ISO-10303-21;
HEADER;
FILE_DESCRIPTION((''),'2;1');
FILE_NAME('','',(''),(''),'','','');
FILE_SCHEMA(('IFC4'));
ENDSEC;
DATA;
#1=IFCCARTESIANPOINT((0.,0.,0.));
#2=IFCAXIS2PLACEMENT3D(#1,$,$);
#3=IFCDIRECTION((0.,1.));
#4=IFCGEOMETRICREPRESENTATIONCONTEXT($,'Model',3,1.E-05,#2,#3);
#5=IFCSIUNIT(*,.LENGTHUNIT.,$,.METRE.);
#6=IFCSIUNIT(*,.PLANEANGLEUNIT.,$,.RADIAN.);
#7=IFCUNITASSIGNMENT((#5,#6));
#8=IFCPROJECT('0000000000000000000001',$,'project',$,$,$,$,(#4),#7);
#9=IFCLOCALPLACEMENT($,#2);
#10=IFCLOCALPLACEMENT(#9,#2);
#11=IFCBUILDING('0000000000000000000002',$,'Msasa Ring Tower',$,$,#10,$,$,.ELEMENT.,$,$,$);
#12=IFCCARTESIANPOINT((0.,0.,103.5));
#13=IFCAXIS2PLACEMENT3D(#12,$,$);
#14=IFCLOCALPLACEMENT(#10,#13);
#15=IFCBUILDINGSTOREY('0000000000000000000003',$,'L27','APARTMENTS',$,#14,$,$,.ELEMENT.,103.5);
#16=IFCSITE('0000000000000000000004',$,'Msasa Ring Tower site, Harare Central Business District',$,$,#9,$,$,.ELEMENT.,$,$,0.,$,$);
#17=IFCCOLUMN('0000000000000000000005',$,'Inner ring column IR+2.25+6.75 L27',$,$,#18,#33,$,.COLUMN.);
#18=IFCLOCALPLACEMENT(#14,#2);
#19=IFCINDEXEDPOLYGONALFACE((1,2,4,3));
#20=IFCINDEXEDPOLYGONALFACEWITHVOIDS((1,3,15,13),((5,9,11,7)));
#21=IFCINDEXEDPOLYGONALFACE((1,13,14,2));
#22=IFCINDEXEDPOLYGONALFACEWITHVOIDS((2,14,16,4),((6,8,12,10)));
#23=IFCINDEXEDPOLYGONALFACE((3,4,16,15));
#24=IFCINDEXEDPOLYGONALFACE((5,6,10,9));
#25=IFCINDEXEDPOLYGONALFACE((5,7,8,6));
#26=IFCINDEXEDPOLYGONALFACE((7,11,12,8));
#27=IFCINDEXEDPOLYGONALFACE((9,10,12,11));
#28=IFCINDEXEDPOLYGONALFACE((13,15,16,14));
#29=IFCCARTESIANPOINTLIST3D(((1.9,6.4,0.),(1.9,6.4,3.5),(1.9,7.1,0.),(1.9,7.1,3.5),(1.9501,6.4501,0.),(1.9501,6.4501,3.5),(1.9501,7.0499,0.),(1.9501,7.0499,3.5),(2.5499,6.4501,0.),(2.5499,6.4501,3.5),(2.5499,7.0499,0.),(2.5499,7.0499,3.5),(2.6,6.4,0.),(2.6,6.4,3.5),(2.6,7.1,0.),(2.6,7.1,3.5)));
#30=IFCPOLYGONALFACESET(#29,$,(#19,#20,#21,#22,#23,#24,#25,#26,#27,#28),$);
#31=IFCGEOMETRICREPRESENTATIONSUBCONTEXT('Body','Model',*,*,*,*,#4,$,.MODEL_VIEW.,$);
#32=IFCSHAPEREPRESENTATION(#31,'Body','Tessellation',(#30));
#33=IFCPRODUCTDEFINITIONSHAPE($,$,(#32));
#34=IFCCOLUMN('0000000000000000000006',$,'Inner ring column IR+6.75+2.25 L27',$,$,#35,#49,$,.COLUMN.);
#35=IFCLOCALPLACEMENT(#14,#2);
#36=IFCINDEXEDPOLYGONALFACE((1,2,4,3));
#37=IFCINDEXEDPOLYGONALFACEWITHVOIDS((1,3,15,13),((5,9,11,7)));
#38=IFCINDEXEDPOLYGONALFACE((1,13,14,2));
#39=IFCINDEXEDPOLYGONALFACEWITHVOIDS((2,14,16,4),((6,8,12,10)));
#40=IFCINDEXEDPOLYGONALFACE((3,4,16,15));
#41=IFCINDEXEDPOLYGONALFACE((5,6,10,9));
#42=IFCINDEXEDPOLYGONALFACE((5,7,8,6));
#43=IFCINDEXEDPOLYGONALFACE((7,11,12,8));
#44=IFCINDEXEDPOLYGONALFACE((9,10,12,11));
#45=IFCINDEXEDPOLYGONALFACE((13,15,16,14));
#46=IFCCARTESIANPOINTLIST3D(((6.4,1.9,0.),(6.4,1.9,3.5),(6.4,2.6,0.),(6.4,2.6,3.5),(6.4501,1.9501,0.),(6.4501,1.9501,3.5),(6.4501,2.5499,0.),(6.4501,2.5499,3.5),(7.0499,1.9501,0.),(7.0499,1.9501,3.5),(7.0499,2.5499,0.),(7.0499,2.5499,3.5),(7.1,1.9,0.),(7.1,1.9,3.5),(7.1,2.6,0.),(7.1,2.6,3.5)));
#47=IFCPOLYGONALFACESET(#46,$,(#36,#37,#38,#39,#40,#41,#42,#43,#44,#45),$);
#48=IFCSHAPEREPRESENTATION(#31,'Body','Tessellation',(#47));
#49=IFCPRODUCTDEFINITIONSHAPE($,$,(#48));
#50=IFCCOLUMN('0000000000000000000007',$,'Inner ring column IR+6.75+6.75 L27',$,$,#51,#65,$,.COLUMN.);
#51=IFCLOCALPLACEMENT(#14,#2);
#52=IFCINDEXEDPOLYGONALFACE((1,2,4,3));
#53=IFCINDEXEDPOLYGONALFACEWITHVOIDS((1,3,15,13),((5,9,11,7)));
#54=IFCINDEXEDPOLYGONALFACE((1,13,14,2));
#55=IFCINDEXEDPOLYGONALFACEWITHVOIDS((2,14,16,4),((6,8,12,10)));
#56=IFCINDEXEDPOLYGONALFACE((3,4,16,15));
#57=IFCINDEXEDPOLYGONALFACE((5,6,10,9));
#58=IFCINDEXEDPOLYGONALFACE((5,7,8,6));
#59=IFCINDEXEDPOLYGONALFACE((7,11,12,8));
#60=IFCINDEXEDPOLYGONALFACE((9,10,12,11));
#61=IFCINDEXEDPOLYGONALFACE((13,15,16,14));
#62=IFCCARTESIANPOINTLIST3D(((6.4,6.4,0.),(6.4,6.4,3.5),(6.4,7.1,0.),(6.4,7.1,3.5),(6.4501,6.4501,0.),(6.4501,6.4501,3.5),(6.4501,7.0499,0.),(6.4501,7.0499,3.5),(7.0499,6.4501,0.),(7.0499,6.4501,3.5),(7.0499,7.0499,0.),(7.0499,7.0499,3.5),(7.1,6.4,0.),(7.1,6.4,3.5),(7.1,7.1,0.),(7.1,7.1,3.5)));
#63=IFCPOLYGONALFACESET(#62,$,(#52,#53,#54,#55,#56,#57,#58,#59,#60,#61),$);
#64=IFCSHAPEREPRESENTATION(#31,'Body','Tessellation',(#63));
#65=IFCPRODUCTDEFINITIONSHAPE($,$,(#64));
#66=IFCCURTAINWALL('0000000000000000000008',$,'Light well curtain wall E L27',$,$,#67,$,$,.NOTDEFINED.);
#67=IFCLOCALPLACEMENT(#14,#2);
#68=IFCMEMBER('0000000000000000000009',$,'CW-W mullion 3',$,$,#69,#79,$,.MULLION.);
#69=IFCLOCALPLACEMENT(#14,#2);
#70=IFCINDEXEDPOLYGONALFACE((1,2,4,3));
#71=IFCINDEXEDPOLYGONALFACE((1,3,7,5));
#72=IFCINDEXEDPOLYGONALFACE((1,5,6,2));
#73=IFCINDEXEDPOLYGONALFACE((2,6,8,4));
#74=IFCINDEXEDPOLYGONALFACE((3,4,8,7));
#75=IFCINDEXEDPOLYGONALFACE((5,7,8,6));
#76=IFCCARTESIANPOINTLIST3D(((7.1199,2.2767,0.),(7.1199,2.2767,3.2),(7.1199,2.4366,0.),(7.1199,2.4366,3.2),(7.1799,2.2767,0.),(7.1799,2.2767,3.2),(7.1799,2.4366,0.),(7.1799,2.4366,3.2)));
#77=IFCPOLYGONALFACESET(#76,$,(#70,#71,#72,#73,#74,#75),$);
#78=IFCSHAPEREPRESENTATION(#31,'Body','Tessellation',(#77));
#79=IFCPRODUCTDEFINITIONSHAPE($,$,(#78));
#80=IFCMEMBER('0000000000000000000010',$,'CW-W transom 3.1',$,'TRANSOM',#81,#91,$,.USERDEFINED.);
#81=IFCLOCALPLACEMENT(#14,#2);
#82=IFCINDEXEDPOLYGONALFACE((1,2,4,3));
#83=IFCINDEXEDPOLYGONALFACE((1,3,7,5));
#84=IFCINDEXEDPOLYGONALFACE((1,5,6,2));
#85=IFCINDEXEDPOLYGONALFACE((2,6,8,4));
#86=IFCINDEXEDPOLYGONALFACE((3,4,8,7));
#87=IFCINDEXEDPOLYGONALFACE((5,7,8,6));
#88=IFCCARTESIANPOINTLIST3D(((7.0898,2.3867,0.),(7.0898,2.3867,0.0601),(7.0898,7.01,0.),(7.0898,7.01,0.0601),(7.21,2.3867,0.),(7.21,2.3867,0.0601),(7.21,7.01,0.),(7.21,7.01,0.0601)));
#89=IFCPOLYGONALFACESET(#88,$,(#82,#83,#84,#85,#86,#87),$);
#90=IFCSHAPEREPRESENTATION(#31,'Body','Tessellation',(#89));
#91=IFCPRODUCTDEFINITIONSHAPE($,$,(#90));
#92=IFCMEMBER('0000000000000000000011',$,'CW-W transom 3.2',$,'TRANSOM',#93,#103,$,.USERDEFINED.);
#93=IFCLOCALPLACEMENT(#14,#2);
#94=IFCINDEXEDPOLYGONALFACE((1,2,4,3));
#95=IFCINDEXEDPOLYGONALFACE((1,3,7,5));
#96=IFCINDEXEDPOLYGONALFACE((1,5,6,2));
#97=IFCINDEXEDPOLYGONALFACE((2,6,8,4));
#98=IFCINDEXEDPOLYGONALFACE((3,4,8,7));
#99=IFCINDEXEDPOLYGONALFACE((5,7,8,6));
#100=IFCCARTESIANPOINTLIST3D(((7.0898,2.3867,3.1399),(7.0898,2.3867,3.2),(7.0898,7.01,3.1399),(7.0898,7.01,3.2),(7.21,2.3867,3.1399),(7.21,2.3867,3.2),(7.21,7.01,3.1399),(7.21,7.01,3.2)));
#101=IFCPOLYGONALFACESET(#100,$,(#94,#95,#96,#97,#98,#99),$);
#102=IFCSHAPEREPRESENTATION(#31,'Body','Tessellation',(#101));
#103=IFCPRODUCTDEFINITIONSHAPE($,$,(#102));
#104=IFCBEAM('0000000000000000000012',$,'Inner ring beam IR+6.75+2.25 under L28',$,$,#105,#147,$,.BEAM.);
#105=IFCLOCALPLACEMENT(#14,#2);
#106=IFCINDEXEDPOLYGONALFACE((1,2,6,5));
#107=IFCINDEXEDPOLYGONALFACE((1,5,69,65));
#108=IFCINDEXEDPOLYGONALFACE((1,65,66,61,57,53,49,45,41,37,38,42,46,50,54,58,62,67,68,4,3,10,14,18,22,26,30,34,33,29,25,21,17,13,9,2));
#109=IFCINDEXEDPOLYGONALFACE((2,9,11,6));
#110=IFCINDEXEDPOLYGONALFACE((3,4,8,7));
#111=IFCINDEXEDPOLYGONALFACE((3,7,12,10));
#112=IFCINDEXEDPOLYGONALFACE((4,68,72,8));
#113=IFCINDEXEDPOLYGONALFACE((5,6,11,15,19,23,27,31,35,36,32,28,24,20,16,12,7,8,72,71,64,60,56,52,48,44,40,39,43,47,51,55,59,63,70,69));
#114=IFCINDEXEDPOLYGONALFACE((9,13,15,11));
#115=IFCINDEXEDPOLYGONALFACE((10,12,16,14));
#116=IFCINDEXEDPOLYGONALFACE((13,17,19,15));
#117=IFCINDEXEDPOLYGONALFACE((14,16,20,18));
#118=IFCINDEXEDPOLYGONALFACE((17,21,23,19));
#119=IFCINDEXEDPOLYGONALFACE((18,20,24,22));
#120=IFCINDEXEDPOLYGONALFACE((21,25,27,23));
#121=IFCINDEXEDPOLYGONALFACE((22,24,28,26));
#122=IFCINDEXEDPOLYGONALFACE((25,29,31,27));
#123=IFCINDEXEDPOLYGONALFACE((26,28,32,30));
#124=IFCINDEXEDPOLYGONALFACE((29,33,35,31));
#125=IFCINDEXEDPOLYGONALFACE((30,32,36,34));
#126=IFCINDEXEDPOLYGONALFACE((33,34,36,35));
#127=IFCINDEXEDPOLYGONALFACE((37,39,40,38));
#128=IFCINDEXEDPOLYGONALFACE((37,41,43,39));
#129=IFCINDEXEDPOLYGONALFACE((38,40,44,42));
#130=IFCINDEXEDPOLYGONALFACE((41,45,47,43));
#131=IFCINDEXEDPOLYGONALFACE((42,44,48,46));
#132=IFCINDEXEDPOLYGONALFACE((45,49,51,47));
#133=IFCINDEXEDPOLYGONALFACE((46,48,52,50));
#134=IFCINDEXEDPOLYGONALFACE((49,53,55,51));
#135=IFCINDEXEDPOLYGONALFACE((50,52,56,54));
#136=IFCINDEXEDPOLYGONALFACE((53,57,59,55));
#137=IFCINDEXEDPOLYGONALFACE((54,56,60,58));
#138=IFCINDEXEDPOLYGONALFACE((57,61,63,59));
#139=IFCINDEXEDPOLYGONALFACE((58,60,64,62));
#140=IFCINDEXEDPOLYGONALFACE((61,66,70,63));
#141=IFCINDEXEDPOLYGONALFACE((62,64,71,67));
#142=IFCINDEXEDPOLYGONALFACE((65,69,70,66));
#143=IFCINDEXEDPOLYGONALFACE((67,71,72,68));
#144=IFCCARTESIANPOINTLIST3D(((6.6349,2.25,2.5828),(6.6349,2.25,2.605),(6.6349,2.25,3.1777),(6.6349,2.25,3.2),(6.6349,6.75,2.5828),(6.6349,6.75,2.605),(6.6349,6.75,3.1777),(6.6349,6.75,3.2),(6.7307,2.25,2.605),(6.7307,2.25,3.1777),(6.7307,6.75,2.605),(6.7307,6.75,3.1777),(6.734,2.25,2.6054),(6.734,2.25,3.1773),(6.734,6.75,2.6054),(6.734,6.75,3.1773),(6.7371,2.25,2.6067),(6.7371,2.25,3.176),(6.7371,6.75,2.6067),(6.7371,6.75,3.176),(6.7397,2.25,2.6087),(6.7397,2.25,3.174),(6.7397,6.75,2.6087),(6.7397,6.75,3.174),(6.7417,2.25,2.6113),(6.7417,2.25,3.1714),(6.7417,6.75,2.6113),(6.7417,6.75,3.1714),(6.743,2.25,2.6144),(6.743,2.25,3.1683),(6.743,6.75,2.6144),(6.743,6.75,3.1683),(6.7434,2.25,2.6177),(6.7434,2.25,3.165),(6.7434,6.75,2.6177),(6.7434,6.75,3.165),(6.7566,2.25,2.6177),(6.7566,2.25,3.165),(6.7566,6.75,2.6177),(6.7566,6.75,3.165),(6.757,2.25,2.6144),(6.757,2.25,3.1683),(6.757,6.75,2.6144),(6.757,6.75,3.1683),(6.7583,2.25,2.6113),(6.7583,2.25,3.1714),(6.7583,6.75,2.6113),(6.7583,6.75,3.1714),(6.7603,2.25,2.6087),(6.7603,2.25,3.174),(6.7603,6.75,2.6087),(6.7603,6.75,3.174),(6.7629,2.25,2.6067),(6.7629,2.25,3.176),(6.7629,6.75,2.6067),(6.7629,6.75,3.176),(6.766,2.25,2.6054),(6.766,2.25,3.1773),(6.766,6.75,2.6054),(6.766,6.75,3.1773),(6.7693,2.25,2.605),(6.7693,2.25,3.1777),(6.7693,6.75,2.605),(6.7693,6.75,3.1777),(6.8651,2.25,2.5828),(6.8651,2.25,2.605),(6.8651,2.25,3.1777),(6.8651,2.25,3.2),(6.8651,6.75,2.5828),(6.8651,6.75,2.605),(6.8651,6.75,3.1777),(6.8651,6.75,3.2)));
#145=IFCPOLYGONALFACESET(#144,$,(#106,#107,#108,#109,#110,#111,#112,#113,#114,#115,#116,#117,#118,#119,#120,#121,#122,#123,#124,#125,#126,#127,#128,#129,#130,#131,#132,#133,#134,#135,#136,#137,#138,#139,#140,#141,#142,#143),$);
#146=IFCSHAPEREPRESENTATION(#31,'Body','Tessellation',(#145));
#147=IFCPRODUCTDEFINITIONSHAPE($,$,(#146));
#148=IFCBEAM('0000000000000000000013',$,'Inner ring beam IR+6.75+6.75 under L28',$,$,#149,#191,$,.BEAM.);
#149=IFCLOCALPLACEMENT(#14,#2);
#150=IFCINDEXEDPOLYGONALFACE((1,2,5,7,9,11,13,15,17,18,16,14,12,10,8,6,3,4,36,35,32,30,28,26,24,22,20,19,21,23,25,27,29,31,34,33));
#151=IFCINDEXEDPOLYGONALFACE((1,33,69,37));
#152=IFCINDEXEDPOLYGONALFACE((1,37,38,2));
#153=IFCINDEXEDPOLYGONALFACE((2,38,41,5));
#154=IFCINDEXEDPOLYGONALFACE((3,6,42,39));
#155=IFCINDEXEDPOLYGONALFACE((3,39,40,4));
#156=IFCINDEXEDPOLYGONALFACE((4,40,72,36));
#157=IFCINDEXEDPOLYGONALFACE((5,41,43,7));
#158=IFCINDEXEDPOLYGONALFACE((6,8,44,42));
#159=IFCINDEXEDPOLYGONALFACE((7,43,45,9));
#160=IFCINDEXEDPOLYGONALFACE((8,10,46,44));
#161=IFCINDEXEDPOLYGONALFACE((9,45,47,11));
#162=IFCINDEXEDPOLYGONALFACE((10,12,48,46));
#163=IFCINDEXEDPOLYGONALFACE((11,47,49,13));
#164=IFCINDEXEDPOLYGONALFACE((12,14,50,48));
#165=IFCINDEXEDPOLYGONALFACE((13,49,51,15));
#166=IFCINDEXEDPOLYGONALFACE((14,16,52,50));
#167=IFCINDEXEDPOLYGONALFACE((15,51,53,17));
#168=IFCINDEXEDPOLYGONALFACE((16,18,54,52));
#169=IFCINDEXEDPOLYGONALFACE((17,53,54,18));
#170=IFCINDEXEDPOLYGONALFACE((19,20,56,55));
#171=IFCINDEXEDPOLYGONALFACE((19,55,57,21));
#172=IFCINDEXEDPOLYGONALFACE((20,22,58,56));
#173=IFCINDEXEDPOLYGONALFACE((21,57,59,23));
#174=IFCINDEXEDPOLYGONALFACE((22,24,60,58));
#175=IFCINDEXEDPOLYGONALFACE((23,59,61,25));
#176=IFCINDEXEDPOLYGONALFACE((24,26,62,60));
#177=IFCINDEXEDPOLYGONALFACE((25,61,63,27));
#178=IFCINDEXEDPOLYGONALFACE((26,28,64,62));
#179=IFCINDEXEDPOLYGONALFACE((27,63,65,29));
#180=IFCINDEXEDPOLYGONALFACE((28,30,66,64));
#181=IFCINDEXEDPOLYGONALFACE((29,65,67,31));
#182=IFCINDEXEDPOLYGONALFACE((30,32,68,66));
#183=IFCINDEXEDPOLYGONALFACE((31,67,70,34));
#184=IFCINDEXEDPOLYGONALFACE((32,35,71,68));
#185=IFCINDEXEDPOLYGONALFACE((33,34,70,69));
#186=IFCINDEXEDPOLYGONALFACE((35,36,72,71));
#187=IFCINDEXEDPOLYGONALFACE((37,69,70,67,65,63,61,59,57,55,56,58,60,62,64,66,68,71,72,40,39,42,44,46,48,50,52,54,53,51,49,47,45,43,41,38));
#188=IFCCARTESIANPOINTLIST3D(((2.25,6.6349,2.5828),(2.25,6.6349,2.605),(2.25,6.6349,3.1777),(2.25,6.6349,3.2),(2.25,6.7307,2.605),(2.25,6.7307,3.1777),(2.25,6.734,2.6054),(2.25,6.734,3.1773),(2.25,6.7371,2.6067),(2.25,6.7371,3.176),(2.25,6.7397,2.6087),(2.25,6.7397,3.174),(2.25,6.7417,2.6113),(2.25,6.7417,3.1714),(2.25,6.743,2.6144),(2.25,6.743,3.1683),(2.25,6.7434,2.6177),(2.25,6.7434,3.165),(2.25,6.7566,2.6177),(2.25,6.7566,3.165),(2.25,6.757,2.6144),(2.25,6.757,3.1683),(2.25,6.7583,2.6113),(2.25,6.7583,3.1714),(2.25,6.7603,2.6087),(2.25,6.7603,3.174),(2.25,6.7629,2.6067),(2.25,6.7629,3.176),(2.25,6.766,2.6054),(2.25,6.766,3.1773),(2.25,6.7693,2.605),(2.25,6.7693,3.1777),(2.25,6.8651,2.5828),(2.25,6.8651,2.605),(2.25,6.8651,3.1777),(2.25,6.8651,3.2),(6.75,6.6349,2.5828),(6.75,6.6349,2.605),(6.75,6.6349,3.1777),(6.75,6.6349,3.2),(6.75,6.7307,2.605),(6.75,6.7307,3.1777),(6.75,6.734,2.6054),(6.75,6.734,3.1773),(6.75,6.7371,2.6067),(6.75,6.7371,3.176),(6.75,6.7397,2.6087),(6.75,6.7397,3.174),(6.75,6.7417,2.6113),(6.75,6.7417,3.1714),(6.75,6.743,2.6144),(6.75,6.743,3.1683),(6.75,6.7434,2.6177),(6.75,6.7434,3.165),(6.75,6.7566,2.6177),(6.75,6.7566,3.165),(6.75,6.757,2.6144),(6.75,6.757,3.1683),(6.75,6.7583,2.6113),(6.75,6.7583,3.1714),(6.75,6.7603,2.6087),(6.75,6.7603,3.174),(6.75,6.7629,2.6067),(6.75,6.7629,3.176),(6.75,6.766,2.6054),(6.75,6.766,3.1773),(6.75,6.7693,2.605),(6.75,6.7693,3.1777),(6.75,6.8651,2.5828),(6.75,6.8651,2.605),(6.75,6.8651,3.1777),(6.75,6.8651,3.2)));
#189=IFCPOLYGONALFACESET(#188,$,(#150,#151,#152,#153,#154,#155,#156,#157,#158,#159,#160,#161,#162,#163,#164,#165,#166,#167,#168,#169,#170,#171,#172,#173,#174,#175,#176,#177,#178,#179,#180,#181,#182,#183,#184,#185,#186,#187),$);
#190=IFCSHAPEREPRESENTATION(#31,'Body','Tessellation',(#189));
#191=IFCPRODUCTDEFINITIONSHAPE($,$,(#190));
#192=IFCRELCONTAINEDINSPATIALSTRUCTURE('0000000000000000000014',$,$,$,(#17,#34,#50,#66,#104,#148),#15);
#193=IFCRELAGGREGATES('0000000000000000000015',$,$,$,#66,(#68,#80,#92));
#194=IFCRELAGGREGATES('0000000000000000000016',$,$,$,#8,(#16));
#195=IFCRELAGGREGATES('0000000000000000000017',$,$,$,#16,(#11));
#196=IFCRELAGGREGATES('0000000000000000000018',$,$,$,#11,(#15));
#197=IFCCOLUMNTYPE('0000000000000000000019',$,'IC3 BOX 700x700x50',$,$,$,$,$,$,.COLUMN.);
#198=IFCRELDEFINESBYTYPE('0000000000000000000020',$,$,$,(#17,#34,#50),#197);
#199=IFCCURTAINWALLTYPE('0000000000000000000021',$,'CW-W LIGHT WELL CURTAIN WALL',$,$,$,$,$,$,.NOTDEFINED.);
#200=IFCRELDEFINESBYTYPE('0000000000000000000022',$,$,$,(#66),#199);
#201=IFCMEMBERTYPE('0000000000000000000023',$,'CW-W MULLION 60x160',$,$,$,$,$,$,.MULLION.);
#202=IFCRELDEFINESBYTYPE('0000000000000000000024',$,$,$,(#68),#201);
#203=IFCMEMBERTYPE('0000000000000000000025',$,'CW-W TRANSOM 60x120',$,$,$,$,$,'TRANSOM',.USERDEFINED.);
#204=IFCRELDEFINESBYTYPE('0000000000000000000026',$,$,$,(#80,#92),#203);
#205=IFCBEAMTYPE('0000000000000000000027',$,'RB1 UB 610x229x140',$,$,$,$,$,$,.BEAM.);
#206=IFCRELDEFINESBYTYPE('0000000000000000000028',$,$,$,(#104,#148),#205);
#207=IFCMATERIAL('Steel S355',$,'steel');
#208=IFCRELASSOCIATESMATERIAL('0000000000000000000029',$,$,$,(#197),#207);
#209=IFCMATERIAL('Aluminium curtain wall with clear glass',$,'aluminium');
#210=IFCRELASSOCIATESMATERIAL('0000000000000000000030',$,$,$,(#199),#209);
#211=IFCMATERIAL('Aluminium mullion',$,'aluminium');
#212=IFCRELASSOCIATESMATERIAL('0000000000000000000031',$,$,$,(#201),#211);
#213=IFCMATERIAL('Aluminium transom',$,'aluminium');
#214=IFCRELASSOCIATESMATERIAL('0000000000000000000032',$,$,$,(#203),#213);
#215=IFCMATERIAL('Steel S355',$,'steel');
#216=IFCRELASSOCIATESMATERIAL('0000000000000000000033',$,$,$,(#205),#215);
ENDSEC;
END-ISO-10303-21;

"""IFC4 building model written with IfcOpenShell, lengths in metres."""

from ifc_helpers import new_model, si_unit, direction, frame, origin, origin_2d, place, context, subcontext, project, spatial, rectangle, hollow_rectangle, i_section, extrude, material, material_profile, profile_set, type_object, element, aggregate, save


model = new_model("IFC4")

# Units and contexts
model_context = context("Model", 3, precision=1e-05, world=origin(), true_north=direction((0.0, 1.0)))
body_context = subcontext(model_context, "Body", "Model", "MODEL_VIEW")
ifc_project = project(units=[si_unit("LENGTHUNIT", "METRE"), si_unit("PLANEANGLEUNIT", "RADIAN")], contexts=[model_context])

# Site, building, storey
site_placement = place(None, origin())
site = spatial("IfcSite", under=ifc_project, at=site_placement, Name="Msasa Ring Tower site, Harare Central Business District", CompositionType="ELEMENT", RefElevation=0.0)
building_placement = place(site_placement, origin())
building = spatial("IfcBuilding", under=site, at=building_placement, Name="Msasa Ring Tower", CompositionType="ELEMENT")
storey_placement = place(building_placement, frame((0.0, 0.0, 103.5)))
storey = spatial("IfcBuildingStorey", under=building, at=storey_placement, Name="L27", Description="APARTMENTS", CompositionType="ELEMENT", Elevation=103.5)

# Columns
ifc_material_1 = material(Name="Steel S355", Category="steel")
ifc_material_profile_1 = material_profile(ifc_material_1, hollow_rectangle(XDim=0.7, YDim=0.7, WallThickness=0.05, at=origin_2d()), Name="BOX 700x700x50")
ifc_profile_set_1 = profile_set([ifc_material_profile_1], Name="Steel S355")
column_type = type_object("IfcColumnType", Name="IC3 BOX 700x700x50", PredefinedType="COLUMN", material=ifc_profile_set_1)
for number, where, z_axis, x_axis, name in (
    (1, (2.25, 6.75, 0.0), (0.0, 0.0, 1.0), (1.0, 0.0, 0.0), "Inner ring column IR+2.25+6.75 L27"),
    (2, (6.75, 2.25, 0.0), (0.0, 0.0, 1.0), (1.0, 0.0, 0.0), "Inner ring column IR+6.75+2.25 L27"),
    (3, (6.75, 6.75, 0.0), (0.0, 0.0, 1.0), (1.0, 0.0, 0.0), "Inner ring column IR+6.75+6.75 L27"),
):
    element("IfcColumn", number, at=place(storey_placement, frame(where, z_axis=z_axis, x_axis=x_axis)), inside=storey, type_object=column_type, Name=name, PredefinedType="COLUMN", context=body_context, shape_type="SweptSolid", body=[
        extrude(hollow_rectangle(XDim=0.7, YDim=0.7, WallThickness=0.05, at=origin_2d()), origin(), (0.0, 0.0, 1.0), 3.5),
    ])

# Curtain wall, members
ifc_material_2 = material(Name="Aluminium curtain wall with clear glass", Category="aluminium")
curtain_wall_type = type_object("IfcCurtainWallType", Name="CW-W LIGHT WELL CURTAIN WALL", PredefinedType="NOTDEFINED", material=ifc_material_2)
curtain_wall_placement = place(storey_placement, origin())
curtain_wall = element("IfcCurtainWall", 4, at=curtain_wall_placement, inside=storey, type_object=curtain_wall_type, Name="Light well curtain wall E L27", PredefinedType="NOTDEFINED")
ifc_material_3 = material(Name="Aluminium mullion", Category="aluminium")
ifc_material_profile_2 = material_profile(ifc_material_3, rectangle(XDim=0.0601, YDim=0.1599, at=origin_2d()), Name="AL 60x160")
ifc_profile_set_2 = profile_set([ifc_material_profile_2], Name="Aluminium mullion")
member_type_1 = type_object("IfcMemberType", Name="CW-W MULLION 60x160", PredefinedType="MULLION", material=ifc_profile_set_2)
member_1_placement = place(storey_placement, frame((7.1499, 2.3567, 0.0), z_axis=(0.0, 0.0, 1.0), x_axis=(-1.0, 0.0, 0.0)))
member_1 = element("IfcMember", 5, at=member_1_placement, type_object=member_type_1, Name="CW-W mullion 3", PredefinedType="MULLION", context=body_context, shape_type="SweptSolid", body=[
    extrude(rectangle(XDim=0.0601, YDim=0.1599, at=origin_2d()), origin(), (0.0, 0.0, 1.0), 3.2),
])
ifc_material_4 = material(Name="Aluminium transom", Category="aluminium")
ifc_material_profile_3 = material_profile(ifc_material_4, rectangle(XDim=0.1201, YDim=0.0601, at=origin_2d()), Name="AL 60x120")
ifc_profile_set_3 = profile_set([ifc_material_profile_3], Name="Aluminium transom")
member_type_2 = type_object("IfcMemberType", Name="CW-W TRANSOM 60x120", ElementType="TRANSOM", PredefinedType="USERDEFINED", material=ifc_profile_set_3)
member_2_placement = place(storey_placement, frame((7.1499, 2.3867, 0.03), z_axis=(0.0, 1.0, 0.0), x_axis=(-1.0, 0.0, 0.0)))
member_2 = element("IfcMember", 6, at=member_2_placement, type_object=member_type_2, Name="CW-W transom 3.1", ObjectType="TRANSOM", PredefinedType="USERDEFINED", context=body_context, shape_type="SweptSolid", body=[
    extrude(rectangle(XDim=0.1201, YDim=0.0601, at=origin_2d()), origin(), (0.0, 0.0, 1.0), 4.6233),
])
member_3_placement = place(storey_placement, frame((7.1499, 2.3867, 3.1699), z_axis=(0.0, 1.0, 0.0), x_axis=(-1.0, 0.0, 0.0)))
member_3 = element("IfcMember", 7, at=member_3_placement, type_object=member_type_2, Name="CW-W transom 3.2", ObjectType="TRANSOM", PredefinedType="USERDEFINED", context=body_context, shape_type="SweptSolid", body=[
    extrude(rectangle(XDim=0.1201, YDim=0.0601, at=origin_2d()), origin(), (0.0, 0.0, 1.0), 4.6233),
])

# Beams
ifc_material_5 = material(Name="Steel S355", Category="steel")
ifc_material_profile_4 = material_profile(ifc_material_5, i_section(OverallWidth=0.2302, OverallDepth=0.6172, WebThickness=0.0132, FlangeThickness=0.0222, FilletRadius=0.0127, at=origin_2d()), Name="UB 610x229x140")
ifc_profile_set_4 = profile_set([ifc_material_profile_4], Name="Steel S355")
beam_type = type_object("IfcBeamType", Name="RB1 UB 610x229x140", PredefinedType="BEAM", material=ifc_profile_set_4)
for number, where, z_axis, x_axis, name in (
    (8, (6.75, 2.25, 2.8914), (0.0, 1.0, 0.0), (-1.0, 0.0, 0.0), "Inner ring beam IR+6.75+2.25 under L28"),
    (9, (6.75, 6.75, 2.8914), (-1.0, 0.0, 0.0), (0.0, -1.0, 0.0), "Inner ring beam IR+6.75+6.75 under L28"),
):
    element("IfcBeam", number, at=place(storey_placement, frame(where, z_axis=z_axis, x_axis=x_axis)), inside=storey, type_object=beam_type, Name=name, PredefinedType="BEAM", context=body_context, shape_type="SweptSolid", body=[
        extrude(i_section(OverallWidth=0.2302, OverallDepth=0.6172, WebThickness=0.0132, FlangeThickness=0.0222, FilletRadius=0.0127, at=origin_2d()), origin(), (0.0, 0.0, 1.0), 4.5),
    ])

aggregate(curtain_wall, [member_1, member_2, member_3])

save(model, "model.ifc")
